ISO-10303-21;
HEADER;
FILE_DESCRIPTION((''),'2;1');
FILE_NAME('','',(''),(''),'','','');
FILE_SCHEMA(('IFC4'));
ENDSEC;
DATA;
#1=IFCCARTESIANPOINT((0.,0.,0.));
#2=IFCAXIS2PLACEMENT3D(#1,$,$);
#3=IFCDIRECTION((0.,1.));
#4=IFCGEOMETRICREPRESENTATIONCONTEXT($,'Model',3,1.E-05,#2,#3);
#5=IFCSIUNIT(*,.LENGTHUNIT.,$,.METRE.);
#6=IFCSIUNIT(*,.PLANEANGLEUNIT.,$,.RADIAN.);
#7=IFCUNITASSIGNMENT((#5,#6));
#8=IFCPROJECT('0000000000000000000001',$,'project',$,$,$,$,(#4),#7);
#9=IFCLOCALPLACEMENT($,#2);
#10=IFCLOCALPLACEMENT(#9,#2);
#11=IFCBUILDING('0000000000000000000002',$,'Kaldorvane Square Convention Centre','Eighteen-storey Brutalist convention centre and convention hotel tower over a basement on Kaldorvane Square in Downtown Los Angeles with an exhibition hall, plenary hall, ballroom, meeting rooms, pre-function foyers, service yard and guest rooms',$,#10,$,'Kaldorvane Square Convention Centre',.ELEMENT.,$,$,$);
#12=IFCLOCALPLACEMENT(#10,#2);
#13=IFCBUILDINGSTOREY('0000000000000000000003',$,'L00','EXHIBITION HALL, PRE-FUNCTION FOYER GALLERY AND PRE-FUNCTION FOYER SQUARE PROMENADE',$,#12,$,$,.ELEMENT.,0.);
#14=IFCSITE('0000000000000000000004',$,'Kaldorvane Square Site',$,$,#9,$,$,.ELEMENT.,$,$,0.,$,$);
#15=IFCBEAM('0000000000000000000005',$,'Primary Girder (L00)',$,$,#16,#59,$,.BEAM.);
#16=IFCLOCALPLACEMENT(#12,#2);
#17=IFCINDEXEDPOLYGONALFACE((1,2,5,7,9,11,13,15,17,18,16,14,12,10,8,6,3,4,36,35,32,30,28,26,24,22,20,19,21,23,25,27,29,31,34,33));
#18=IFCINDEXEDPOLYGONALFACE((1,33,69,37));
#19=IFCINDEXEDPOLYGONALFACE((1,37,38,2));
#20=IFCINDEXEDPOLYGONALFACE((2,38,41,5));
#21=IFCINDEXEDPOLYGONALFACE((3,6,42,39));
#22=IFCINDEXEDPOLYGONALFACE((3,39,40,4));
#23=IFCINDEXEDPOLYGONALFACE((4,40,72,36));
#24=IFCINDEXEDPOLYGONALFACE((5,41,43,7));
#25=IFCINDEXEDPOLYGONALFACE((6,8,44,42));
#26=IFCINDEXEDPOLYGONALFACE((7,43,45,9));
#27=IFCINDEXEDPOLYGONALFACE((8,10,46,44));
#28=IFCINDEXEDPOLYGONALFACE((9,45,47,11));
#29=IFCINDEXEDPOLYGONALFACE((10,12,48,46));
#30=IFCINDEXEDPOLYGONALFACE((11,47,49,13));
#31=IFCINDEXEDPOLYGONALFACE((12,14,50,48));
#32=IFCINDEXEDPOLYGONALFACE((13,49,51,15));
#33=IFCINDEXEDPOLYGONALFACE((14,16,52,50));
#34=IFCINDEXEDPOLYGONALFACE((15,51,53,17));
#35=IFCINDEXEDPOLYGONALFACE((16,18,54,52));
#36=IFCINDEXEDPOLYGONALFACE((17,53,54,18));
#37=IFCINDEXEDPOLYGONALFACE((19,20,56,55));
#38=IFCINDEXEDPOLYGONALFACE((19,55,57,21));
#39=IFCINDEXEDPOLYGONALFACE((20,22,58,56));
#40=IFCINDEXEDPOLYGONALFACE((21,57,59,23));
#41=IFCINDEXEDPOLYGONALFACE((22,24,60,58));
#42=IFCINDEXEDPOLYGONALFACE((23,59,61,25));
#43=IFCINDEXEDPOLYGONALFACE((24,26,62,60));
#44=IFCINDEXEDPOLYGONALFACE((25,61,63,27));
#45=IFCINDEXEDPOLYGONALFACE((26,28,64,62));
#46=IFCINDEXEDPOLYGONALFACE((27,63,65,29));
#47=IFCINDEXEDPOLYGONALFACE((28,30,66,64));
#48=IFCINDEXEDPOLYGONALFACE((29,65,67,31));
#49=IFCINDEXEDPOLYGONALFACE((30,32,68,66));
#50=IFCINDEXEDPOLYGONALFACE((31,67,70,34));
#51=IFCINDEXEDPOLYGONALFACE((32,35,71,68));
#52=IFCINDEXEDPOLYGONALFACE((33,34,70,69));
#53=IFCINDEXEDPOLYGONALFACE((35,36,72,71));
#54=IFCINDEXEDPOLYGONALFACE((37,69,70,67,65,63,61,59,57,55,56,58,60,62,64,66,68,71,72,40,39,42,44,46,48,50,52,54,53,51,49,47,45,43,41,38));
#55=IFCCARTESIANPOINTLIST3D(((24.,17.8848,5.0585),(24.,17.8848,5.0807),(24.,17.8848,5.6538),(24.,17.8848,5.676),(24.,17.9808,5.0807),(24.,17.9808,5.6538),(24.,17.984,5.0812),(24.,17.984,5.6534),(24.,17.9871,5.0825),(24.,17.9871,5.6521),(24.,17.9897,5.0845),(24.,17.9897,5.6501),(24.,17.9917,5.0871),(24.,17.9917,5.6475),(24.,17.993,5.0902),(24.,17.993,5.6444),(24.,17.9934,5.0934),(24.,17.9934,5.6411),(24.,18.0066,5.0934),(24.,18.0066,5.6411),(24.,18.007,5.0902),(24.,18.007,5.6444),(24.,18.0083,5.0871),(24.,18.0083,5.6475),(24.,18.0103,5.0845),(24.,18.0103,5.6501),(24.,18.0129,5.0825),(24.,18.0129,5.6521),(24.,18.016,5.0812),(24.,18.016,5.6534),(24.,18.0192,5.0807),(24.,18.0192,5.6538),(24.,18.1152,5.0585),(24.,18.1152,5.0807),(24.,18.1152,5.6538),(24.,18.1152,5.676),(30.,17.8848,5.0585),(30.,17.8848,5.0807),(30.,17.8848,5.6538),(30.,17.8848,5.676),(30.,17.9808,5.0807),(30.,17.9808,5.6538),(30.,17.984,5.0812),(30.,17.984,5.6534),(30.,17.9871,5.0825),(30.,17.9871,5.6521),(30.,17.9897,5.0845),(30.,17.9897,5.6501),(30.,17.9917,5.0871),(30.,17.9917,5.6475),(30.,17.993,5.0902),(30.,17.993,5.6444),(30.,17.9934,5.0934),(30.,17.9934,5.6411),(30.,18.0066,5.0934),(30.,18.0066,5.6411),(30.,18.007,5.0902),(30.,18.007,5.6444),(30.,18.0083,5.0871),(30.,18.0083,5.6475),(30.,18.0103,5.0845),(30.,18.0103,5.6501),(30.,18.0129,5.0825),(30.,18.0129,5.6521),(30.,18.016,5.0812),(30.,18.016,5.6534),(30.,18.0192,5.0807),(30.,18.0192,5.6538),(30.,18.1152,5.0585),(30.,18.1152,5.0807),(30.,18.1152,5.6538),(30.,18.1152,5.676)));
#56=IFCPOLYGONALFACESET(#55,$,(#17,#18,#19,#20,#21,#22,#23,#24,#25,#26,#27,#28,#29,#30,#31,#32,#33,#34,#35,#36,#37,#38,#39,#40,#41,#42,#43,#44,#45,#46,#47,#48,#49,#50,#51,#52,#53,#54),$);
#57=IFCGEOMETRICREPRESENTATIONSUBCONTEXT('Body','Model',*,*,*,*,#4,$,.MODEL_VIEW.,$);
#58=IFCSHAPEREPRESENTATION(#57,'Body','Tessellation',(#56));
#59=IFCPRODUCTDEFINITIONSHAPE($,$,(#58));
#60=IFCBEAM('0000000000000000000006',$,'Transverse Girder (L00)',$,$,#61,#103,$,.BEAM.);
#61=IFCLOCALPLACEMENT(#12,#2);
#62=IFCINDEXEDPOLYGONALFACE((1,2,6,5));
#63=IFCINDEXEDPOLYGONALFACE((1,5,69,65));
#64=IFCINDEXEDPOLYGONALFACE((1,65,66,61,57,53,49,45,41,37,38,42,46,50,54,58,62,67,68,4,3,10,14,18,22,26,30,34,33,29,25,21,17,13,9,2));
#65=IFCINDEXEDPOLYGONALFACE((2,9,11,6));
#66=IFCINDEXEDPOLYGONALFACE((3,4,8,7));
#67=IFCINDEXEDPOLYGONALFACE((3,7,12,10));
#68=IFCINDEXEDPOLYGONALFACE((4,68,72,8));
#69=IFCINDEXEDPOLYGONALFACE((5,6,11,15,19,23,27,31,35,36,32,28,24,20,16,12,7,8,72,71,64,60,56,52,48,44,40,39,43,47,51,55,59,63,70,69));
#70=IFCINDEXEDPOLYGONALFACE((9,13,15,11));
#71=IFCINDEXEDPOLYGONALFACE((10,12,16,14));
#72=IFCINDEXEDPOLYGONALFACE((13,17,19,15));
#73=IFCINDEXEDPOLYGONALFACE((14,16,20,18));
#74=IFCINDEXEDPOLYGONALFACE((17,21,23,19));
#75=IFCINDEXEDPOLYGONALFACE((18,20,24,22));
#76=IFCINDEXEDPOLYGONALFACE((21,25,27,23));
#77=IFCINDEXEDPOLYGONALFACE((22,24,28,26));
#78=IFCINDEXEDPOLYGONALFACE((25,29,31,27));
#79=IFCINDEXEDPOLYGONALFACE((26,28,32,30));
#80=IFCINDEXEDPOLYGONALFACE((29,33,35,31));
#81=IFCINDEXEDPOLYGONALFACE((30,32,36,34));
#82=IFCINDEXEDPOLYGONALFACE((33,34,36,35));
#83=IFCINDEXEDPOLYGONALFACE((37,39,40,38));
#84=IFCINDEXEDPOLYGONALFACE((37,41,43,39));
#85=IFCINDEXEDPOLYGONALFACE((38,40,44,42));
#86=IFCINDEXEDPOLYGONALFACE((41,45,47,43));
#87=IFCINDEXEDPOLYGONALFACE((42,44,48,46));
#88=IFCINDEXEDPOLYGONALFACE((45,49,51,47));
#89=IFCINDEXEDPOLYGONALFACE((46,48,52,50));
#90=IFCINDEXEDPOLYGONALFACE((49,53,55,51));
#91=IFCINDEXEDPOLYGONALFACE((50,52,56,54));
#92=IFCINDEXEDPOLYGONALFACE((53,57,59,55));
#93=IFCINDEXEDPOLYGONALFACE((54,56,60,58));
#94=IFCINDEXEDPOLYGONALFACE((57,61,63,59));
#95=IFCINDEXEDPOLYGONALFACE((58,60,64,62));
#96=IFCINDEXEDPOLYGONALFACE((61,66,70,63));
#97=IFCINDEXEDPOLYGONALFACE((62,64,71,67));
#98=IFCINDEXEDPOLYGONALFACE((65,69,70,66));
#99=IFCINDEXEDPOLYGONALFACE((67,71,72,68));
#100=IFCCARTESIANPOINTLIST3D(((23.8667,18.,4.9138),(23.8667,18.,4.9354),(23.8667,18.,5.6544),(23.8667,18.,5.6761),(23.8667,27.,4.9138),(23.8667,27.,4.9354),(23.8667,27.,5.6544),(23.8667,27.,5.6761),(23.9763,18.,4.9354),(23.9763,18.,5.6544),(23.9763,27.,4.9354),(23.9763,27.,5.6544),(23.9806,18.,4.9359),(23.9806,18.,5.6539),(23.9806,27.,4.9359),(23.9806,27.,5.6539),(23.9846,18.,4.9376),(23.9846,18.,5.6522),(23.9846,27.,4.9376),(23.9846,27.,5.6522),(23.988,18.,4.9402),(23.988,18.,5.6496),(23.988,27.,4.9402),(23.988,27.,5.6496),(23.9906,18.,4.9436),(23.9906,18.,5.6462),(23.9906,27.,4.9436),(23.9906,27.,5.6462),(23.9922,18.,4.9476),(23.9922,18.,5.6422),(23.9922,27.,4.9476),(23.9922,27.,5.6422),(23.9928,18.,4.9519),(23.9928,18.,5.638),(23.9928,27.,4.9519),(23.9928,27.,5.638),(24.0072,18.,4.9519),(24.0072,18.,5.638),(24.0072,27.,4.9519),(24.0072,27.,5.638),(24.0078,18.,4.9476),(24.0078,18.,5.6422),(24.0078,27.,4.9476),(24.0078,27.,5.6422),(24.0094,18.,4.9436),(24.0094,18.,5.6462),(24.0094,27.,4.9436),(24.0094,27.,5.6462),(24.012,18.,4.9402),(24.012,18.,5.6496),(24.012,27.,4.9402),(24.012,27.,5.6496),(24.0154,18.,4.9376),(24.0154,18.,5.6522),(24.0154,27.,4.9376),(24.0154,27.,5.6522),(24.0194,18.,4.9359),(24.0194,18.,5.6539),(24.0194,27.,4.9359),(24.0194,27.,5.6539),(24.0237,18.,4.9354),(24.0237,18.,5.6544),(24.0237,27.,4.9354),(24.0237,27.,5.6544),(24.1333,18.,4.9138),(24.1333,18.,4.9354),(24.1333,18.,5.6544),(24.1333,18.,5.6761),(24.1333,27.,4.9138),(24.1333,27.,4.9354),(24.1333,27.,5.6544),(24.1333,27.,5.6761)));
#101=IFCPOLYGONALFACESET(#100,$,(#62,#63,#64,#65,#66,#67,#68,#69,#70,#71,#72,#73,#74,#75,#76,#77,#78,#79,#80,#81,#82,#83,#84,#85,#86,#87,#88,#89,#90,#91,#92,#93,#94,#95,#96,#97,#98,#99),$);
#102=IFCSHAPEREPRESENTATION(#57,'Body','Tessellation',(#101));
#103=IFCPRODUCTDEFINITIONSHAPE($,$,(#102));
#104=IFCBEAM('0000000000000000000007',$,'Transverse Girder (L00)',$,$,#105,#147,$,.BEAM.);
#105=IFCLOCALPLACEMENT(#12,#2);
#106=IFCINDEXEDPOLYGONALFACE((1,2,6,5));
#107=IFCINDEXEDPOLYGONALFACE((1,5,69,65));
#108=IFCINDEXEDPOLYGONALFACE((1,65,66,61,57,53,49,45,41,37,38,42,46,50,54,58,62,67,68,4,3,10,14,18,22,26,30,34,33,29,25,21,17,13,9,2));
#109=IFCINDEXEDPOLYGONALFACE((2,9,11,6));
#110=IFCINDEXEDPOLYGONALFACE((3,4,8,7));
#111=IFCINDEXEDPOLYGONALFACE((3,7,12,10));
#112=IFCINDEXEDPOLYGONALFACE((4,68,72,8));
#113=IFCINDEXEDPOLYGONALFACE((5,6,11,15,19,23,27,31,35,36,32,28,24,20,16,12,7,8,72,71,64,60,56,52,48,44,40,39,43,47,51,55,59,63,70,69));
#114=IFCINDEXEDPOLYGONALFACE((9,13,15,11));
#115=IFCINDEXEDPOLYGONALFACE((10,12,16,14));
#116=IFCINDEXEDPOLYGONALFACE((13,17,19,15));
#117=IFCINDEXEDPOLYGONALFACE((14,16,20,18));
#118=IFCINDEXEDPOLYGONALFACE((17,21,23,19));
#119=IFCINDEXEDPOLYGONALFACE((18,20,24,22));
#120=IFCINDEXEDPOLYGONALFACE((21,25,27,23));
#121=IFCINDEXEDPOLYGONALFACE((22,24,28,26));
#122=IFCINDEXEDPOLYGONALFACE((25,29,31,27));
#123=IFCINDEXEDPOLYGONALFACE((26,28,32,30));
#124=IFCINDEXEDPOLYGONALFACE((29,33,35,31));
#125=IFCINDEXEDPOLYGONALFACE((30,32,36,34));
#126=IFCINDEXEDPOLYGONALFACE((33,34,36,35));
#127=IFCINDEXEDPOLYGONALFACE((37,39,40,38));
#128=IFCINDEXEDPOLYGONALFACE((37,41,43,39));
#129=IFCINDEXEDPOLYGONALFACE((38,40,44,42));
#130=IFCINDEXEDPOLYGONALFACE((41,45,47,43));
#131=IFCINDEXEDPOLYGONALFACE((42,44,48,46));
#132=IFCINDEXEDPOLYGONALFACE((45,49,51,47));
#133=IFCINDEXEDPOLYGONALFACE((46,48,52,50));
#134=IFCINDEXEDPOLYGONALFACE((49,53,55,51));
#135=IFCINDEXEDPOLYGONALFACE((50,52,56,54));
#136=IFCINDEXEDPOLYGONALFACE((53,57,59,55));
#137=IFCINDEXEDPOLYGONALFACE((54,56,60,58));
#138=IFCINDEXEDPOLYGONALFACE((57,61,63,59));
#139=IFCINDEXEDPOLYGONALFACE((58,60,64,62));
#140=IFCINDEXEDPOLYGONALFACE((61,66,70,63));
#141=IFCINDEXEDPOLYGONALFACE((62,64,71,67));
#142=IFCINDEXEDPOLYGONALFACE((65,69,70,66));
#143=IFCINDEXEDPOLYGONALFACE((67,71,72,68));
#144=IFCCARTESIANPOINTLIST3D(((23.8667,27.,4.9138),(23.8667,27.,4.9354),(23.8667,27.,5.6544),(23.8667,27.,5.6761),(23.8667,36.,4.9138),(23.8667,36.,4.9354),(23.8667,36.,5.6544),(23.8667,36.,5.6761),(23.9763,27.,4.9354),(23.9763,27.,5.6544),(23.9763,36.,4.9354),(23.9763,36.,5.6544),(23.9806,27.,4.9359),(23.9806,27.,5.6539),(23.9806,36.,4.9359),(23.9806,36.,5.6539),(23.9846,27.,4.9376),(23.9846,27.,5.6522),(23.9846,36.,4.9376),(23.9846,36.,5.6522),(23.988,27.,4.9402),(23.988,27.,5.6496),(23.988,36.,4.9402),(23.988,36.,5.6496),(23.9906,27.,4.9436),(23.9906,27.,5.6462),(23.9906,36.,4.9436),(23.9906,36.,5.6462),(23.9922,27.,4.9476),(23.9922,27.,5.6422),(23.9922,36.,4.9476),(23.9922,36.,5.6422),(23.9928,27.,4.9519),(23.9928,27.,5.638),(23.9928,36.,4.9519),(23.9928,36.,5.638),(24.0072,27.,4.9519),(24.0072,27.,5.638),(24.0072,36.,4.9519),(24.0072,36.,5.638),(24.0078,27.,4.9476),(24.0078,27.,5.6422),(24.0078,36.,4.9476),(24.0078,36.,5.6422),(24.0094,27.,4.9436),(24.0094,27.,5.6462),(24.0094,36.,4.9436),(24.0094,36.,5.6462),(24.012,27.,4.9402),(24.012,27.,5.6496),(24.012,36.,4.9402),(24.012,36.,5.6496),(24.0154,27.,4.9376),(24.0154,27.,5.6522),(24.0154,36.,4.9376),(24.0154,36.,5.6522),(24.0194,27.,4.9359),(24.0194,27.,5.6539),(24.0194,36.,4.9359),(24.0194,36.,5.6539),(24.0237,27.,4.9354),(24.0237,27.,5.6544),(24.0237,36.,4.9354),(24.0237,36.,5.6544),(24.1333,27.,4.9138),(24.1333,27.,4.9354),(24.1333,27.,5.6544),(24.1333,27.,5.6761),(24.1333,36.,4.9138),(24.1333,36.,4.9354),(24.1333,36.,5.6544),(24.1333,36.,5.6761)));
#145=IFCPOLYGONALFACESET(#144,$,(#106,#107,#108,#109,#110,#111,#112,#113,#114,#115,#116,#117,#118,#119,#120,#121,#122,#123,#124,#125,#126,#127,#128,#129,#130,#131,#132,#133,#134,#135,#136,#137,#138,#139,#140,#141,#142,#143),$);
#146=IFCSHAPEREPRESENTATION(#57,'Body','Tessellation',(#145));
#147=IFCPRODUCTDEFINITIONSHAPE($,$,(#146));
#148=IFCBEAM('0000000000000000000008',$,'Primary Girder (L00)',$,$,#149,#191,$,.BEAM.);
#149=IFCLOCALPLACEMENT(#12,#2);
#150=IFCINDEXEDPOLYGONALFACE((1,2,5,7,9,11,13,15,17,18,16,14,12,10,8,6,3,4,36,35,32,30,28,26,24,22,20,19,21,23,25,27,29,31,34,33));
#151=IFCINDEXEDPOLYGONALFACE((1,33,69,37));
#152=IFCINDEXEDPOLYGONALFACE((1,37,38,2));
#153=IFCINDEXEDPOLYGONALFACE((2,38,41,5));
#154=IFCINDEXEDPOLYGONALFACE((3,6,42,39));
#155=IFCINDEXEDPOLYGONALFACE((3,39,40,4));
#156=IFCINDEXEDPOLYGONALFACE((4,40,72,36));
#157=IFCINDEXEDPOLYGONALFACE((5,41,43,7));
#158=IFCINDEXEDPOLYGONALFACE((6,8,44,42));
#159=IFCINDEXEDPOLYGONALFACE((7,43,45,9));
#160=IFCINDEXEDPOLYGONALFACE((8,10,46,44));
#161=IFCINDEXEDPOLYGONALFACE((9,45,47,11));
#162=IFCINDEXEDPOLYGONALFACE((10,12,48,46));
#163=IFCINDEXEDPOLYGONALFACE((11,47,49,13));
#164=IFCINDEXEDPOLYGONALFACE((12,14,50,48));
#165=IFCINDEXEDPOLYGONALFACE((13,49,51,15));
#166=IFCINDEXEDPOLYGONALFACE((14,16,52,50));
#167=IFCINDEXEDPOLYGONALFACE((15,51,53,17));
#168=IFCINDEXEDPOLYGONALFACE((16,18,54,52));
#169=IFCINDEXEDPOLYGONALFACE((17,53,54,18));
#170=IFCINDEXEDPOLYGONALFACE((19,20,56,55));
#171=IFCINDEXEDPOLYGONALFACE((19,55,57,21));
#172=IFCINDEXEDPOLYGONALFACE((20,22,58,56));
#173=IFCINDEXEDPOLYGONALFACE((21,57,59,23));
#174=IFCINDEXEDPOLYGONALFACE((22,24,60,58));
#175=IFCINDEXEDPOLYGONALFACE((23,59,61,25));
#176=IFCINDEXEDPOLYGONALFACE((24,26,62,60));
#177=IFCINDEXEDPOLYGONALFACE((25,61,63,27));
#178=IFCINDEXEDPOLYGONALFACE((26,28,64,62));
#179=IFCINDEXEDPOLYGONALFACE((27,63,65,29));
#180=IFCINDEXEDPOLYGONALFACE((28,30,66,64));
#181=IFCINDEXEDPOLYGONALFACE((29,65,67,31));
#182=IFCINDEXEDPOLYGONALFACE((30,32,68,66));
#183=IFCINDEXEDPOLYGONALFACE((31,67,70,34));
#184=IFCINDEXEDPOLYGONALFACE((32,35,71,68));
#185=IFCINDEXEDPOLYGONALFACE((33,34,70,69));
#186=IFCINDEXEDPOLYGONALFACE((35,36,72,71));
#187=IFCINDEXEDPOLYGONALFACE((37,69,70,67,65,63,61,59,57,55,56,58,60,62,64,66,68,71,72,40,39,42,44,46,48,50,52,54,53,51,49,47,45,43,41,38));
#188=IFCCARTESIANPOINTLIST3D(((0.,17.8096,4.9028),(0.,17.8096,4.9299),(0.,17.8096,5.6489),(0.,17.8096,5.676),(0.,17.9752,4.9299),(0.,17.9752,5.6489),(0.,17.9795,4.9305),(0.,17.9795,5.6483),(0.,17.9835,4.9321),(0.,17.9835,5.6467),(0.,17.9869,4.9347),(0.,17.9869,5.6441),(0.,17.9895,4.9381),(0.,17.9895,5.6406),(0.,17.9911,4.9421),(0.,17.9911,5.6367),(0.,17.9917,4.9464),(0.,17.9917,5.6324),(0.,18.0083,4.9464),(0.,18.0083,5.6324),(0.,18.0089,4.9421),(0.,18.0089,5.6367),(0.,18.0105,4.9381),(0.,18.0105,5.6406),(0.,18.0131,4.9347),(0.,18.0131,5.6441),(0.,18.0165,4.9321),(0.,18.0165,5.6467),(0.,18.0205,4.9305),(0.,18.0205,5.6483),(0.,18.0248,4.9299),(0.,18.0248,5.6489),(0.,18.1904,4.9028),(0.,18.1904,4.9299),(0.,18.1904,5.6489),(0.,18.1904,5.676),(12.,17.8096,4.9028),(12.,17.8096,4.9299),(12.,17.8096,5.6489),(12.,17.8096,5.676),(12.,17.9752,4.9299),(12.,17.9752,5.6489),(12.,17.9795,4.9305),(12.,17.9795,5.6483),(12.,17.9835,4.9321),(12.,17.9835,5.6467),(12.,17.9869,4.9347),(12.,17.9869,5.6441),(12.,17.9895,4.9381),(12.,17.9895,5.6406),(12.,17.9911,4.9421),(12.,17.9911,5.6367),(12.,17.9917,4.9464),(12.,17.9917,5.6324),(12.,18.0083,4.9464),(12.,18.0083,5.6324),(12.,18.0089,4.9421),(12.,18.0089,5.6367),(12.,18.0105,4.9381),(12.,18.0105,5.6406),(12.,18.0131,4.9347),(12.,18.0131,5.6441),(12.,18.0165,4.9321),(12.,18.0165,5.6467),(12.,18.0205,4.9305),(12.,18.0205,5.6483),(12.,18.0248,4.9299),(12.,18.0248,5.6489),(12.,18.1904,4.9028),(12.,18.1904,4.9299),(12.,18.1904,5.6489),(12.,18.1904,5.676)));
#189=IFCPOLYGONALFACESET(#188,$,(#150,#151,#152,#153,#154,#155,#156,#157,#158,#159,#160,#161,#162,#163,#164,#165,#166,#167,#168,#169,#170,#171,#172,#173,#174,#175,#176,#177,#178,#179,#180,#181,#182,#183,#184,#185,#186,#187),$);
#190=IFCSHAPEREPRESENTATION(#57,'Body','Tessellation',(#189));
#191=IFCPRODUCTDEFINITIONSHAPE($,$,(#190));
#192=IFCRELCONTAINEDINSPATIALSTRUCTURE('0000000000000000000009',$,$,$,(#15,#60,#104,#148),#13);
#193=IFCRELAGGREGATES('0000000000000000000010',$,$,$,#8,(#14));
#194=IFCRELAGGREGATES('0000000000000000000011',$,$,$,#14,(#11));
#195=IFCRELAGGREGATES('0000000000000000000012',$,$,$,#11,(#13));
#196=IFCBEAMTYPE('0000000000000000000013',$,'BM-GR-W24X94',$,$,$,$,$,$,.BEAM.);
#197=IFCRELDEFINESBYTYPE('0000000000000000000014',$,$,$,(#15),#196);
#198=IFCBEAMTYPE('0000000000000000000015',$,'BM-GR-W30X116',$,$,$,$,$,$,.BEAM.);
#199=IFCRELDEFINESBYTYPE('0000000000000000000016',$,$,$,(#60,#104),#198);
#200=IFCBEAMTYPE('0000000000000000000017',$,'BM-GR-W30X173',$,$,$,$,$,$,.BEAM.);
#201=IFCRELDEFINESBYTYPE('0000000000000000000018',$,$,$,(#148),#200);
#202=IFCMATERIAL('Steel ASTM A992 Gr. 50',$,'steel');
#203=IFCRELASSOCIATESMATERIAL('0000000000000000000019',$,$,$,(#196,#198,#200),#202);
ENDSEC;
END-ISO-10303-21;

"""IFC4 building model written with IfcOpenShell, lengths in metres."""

from ifc_helpers import new_model, si_unit, direction, frame, origin, origin_2d, place, context, subcontext, project, spatial, i_section, extrude, material, material_profile, profile_set, type_object, element, save


model = new_model("IFC4")

# Units and contexts
model_context = context("Model", 3, precision=1e-05, world=origin(), true_north=direction((0.0, 1.0)))
body_context = subcontext(model_context, "Body", "Model", "MODEL_VIEW")
ifc_project = project(units=[si_unit("LENGTHUNIT", "METRE"), si_unit("PLANEANGLEUNIT", "RADIAN")], contexts=[model_context])

# Site, building, storey
site_placement = place(None, origin())
site = spatial("IfcSite", under=ifc_project, at=site_placement, Name="Kaldorvane Square Site", CompositionType="ELEMENT", RefElevation=0.0)
building_placement = place(site_placement, origin())
building = spatial("IfcBuilding", under=site, at=building_placement, Name="Kaldorvane Square Convention Centre", Description="Eighteen-storey Brutalist convention centre and convention hotel tower over a basement on Kaldorvane Square in Downtown Los Angeles with an exhibition hall, plenary hall, ballroom, meeting rooms, pre-function foyers, service yard and guest rooms", LongName="Kaldorvane Square Convention Centre", CompositionType="ELEMENT")
storey_placement = place(building_placement, origin())
storey = spatial("IfcBuildingStorey", under=building, at=storey_placement, Name="L00", Description="EXHIBITION HALL, PRE-FUNCTION FOYER GALLERY AND PRE-FUNCTION FOYER SQUARE PROMENADE", CompositionType="ELEMENT", Elevation=0.0)

# Shared definitions
ifc_material_1 = material(Name="Steel ASTM A992 Gr. 50", Category="steel")

# Beams
ifc_material_profile_1 = material_profile(ifc_material_1, i_section(OverallWidth=0.2303, OverallDepth=0.6175, WebThickness=0.0131, FlangeThickness=0.0222, FilletRadius=0.0127, at=origin_2d()), Name="W24X94")
ifc_profile_set_1 = profile_set([ifc_material_profile_1], Name="Steel ASTM A992 Gr. 50")
beam_type_1 = type_object("IfcBeamType", Name="BM-GR-W24X94", PredefinedType="BEAM", material=ifc_profile_set_1)
beam_1_placement = place(storey_placement, frame((24.0, 18.0, 5.3673), z_axis=(1.0, 0.0, 0.0), x_axis=(0.0, 1.0, 0.0)))
element("IfcBeam", 1, at=beam_1_placement, inside=storey, type_object=beam_type_1, Name="Primary Girder (L00)", PredefinedType="BEAM", context=body_context, shape_type="SweptSolid", body=[
    extrude(i_section(OverallWidth=0.2303, OverallDepth=0.6175, WebThickness=0.0131, FlangeThickness=0.0222, FilletRadius=0.0127, at=origin_2d()), origin(), (0.0, 0.0, 1.0), 6.0),
])
ifc_material_profile_2 = material_profile(ifc_material_1, i_section(OverallWidth=0.2666, OverallDepth=0.7623, WebThickness=0.0144, FlangeThickness=0.0216, FilletRadius=0.0165, at=origin_2d()), Name="W30X116")
ifc_profile_set_2 = profile_set([ifc_material_profile_2], Name="Steel ASTM A992 Gr. 50")
beam_type_2 = type_object("IfcBeamType", Name="BM-GR-W30X116", PredefinedType="BEAM", material=ifc_profile_set_2)
for number, where, z_axis, x_axis, name in (
    (2, (24.0, 18.0, 5.2949), (0.0, 1.0, 0.0), (-1.0, 0.0, 0.0), "Transverse Girder (L00)"),
    (3, (24.0, 27.0, 5.2949), (0.0, 1.0, 0.0), (-1.0, 0.0, 0.0), "Transverse Girder (L00)"),
):
    element("IfcBeam", number, at=place(storey_placement, frame(where, z_axis=z_axis, x_axis=x_axis)), inside=storey, type_object=beam_type_2, Name=name, PredefinedType="BEAM", context=body_context, shape_type="SweptSolid", body=[
        extrude(i_section(OverallWidth=0.2666, OverallDepth=0.7623, WebThickness=0.0144, FlangeThickness=0.0216, FilletRadius=0.0165, at=origin_2d()), origin(), (0.0, 0.0, 1.0), 9.0),
    ])
ifc_material_profile_3 = material_profile(ifc_material_1, i_section(OverallWidth=0.3807, OverallDepth=0.7732, WebThickness=0.0166, FlangeThickness=0.0271, FilletRadius=0.0165, at=origin_2d()), Name="W30X173")
ifc_profile_set_3 = profile_set([ifc_material_profile_3], Name="Steel ASTM A992 Gr. 50")
beam_type_3 = type_object("IfcBeamType", Name="BM-GR-W30X173", PredefinedType="BEAM", material=ifc_profile_set_3)
for number, where, z_axis, x_axis, name in (
    (4, (0.0, 18.0, 5.2894), (1.0, 0.0, 0.0), (0.0, 1.0, 0.0), "Primary Girder (L00)"),
):
    element("IfcBeam", number, at=place(storey_placement, frame(where, z_axis=z_axis, x_axis=x_axis)), inside=storey, type_object=beam_type_3, Name=name, PredefinedType="BEAM", context=body_context, shape_type="SweptSolid", body=[
        extrude(i_section(OverallWidth=0.3807, OverallDepth=0.7732, WebThickness=0.0166, FlangeThickness=0.0271, FilletRadius=0.0165, at=origin_2d()), origin(), (0.0, 0.0, 1.0), 12.0),
    ])

save(model, "model.ifc")
